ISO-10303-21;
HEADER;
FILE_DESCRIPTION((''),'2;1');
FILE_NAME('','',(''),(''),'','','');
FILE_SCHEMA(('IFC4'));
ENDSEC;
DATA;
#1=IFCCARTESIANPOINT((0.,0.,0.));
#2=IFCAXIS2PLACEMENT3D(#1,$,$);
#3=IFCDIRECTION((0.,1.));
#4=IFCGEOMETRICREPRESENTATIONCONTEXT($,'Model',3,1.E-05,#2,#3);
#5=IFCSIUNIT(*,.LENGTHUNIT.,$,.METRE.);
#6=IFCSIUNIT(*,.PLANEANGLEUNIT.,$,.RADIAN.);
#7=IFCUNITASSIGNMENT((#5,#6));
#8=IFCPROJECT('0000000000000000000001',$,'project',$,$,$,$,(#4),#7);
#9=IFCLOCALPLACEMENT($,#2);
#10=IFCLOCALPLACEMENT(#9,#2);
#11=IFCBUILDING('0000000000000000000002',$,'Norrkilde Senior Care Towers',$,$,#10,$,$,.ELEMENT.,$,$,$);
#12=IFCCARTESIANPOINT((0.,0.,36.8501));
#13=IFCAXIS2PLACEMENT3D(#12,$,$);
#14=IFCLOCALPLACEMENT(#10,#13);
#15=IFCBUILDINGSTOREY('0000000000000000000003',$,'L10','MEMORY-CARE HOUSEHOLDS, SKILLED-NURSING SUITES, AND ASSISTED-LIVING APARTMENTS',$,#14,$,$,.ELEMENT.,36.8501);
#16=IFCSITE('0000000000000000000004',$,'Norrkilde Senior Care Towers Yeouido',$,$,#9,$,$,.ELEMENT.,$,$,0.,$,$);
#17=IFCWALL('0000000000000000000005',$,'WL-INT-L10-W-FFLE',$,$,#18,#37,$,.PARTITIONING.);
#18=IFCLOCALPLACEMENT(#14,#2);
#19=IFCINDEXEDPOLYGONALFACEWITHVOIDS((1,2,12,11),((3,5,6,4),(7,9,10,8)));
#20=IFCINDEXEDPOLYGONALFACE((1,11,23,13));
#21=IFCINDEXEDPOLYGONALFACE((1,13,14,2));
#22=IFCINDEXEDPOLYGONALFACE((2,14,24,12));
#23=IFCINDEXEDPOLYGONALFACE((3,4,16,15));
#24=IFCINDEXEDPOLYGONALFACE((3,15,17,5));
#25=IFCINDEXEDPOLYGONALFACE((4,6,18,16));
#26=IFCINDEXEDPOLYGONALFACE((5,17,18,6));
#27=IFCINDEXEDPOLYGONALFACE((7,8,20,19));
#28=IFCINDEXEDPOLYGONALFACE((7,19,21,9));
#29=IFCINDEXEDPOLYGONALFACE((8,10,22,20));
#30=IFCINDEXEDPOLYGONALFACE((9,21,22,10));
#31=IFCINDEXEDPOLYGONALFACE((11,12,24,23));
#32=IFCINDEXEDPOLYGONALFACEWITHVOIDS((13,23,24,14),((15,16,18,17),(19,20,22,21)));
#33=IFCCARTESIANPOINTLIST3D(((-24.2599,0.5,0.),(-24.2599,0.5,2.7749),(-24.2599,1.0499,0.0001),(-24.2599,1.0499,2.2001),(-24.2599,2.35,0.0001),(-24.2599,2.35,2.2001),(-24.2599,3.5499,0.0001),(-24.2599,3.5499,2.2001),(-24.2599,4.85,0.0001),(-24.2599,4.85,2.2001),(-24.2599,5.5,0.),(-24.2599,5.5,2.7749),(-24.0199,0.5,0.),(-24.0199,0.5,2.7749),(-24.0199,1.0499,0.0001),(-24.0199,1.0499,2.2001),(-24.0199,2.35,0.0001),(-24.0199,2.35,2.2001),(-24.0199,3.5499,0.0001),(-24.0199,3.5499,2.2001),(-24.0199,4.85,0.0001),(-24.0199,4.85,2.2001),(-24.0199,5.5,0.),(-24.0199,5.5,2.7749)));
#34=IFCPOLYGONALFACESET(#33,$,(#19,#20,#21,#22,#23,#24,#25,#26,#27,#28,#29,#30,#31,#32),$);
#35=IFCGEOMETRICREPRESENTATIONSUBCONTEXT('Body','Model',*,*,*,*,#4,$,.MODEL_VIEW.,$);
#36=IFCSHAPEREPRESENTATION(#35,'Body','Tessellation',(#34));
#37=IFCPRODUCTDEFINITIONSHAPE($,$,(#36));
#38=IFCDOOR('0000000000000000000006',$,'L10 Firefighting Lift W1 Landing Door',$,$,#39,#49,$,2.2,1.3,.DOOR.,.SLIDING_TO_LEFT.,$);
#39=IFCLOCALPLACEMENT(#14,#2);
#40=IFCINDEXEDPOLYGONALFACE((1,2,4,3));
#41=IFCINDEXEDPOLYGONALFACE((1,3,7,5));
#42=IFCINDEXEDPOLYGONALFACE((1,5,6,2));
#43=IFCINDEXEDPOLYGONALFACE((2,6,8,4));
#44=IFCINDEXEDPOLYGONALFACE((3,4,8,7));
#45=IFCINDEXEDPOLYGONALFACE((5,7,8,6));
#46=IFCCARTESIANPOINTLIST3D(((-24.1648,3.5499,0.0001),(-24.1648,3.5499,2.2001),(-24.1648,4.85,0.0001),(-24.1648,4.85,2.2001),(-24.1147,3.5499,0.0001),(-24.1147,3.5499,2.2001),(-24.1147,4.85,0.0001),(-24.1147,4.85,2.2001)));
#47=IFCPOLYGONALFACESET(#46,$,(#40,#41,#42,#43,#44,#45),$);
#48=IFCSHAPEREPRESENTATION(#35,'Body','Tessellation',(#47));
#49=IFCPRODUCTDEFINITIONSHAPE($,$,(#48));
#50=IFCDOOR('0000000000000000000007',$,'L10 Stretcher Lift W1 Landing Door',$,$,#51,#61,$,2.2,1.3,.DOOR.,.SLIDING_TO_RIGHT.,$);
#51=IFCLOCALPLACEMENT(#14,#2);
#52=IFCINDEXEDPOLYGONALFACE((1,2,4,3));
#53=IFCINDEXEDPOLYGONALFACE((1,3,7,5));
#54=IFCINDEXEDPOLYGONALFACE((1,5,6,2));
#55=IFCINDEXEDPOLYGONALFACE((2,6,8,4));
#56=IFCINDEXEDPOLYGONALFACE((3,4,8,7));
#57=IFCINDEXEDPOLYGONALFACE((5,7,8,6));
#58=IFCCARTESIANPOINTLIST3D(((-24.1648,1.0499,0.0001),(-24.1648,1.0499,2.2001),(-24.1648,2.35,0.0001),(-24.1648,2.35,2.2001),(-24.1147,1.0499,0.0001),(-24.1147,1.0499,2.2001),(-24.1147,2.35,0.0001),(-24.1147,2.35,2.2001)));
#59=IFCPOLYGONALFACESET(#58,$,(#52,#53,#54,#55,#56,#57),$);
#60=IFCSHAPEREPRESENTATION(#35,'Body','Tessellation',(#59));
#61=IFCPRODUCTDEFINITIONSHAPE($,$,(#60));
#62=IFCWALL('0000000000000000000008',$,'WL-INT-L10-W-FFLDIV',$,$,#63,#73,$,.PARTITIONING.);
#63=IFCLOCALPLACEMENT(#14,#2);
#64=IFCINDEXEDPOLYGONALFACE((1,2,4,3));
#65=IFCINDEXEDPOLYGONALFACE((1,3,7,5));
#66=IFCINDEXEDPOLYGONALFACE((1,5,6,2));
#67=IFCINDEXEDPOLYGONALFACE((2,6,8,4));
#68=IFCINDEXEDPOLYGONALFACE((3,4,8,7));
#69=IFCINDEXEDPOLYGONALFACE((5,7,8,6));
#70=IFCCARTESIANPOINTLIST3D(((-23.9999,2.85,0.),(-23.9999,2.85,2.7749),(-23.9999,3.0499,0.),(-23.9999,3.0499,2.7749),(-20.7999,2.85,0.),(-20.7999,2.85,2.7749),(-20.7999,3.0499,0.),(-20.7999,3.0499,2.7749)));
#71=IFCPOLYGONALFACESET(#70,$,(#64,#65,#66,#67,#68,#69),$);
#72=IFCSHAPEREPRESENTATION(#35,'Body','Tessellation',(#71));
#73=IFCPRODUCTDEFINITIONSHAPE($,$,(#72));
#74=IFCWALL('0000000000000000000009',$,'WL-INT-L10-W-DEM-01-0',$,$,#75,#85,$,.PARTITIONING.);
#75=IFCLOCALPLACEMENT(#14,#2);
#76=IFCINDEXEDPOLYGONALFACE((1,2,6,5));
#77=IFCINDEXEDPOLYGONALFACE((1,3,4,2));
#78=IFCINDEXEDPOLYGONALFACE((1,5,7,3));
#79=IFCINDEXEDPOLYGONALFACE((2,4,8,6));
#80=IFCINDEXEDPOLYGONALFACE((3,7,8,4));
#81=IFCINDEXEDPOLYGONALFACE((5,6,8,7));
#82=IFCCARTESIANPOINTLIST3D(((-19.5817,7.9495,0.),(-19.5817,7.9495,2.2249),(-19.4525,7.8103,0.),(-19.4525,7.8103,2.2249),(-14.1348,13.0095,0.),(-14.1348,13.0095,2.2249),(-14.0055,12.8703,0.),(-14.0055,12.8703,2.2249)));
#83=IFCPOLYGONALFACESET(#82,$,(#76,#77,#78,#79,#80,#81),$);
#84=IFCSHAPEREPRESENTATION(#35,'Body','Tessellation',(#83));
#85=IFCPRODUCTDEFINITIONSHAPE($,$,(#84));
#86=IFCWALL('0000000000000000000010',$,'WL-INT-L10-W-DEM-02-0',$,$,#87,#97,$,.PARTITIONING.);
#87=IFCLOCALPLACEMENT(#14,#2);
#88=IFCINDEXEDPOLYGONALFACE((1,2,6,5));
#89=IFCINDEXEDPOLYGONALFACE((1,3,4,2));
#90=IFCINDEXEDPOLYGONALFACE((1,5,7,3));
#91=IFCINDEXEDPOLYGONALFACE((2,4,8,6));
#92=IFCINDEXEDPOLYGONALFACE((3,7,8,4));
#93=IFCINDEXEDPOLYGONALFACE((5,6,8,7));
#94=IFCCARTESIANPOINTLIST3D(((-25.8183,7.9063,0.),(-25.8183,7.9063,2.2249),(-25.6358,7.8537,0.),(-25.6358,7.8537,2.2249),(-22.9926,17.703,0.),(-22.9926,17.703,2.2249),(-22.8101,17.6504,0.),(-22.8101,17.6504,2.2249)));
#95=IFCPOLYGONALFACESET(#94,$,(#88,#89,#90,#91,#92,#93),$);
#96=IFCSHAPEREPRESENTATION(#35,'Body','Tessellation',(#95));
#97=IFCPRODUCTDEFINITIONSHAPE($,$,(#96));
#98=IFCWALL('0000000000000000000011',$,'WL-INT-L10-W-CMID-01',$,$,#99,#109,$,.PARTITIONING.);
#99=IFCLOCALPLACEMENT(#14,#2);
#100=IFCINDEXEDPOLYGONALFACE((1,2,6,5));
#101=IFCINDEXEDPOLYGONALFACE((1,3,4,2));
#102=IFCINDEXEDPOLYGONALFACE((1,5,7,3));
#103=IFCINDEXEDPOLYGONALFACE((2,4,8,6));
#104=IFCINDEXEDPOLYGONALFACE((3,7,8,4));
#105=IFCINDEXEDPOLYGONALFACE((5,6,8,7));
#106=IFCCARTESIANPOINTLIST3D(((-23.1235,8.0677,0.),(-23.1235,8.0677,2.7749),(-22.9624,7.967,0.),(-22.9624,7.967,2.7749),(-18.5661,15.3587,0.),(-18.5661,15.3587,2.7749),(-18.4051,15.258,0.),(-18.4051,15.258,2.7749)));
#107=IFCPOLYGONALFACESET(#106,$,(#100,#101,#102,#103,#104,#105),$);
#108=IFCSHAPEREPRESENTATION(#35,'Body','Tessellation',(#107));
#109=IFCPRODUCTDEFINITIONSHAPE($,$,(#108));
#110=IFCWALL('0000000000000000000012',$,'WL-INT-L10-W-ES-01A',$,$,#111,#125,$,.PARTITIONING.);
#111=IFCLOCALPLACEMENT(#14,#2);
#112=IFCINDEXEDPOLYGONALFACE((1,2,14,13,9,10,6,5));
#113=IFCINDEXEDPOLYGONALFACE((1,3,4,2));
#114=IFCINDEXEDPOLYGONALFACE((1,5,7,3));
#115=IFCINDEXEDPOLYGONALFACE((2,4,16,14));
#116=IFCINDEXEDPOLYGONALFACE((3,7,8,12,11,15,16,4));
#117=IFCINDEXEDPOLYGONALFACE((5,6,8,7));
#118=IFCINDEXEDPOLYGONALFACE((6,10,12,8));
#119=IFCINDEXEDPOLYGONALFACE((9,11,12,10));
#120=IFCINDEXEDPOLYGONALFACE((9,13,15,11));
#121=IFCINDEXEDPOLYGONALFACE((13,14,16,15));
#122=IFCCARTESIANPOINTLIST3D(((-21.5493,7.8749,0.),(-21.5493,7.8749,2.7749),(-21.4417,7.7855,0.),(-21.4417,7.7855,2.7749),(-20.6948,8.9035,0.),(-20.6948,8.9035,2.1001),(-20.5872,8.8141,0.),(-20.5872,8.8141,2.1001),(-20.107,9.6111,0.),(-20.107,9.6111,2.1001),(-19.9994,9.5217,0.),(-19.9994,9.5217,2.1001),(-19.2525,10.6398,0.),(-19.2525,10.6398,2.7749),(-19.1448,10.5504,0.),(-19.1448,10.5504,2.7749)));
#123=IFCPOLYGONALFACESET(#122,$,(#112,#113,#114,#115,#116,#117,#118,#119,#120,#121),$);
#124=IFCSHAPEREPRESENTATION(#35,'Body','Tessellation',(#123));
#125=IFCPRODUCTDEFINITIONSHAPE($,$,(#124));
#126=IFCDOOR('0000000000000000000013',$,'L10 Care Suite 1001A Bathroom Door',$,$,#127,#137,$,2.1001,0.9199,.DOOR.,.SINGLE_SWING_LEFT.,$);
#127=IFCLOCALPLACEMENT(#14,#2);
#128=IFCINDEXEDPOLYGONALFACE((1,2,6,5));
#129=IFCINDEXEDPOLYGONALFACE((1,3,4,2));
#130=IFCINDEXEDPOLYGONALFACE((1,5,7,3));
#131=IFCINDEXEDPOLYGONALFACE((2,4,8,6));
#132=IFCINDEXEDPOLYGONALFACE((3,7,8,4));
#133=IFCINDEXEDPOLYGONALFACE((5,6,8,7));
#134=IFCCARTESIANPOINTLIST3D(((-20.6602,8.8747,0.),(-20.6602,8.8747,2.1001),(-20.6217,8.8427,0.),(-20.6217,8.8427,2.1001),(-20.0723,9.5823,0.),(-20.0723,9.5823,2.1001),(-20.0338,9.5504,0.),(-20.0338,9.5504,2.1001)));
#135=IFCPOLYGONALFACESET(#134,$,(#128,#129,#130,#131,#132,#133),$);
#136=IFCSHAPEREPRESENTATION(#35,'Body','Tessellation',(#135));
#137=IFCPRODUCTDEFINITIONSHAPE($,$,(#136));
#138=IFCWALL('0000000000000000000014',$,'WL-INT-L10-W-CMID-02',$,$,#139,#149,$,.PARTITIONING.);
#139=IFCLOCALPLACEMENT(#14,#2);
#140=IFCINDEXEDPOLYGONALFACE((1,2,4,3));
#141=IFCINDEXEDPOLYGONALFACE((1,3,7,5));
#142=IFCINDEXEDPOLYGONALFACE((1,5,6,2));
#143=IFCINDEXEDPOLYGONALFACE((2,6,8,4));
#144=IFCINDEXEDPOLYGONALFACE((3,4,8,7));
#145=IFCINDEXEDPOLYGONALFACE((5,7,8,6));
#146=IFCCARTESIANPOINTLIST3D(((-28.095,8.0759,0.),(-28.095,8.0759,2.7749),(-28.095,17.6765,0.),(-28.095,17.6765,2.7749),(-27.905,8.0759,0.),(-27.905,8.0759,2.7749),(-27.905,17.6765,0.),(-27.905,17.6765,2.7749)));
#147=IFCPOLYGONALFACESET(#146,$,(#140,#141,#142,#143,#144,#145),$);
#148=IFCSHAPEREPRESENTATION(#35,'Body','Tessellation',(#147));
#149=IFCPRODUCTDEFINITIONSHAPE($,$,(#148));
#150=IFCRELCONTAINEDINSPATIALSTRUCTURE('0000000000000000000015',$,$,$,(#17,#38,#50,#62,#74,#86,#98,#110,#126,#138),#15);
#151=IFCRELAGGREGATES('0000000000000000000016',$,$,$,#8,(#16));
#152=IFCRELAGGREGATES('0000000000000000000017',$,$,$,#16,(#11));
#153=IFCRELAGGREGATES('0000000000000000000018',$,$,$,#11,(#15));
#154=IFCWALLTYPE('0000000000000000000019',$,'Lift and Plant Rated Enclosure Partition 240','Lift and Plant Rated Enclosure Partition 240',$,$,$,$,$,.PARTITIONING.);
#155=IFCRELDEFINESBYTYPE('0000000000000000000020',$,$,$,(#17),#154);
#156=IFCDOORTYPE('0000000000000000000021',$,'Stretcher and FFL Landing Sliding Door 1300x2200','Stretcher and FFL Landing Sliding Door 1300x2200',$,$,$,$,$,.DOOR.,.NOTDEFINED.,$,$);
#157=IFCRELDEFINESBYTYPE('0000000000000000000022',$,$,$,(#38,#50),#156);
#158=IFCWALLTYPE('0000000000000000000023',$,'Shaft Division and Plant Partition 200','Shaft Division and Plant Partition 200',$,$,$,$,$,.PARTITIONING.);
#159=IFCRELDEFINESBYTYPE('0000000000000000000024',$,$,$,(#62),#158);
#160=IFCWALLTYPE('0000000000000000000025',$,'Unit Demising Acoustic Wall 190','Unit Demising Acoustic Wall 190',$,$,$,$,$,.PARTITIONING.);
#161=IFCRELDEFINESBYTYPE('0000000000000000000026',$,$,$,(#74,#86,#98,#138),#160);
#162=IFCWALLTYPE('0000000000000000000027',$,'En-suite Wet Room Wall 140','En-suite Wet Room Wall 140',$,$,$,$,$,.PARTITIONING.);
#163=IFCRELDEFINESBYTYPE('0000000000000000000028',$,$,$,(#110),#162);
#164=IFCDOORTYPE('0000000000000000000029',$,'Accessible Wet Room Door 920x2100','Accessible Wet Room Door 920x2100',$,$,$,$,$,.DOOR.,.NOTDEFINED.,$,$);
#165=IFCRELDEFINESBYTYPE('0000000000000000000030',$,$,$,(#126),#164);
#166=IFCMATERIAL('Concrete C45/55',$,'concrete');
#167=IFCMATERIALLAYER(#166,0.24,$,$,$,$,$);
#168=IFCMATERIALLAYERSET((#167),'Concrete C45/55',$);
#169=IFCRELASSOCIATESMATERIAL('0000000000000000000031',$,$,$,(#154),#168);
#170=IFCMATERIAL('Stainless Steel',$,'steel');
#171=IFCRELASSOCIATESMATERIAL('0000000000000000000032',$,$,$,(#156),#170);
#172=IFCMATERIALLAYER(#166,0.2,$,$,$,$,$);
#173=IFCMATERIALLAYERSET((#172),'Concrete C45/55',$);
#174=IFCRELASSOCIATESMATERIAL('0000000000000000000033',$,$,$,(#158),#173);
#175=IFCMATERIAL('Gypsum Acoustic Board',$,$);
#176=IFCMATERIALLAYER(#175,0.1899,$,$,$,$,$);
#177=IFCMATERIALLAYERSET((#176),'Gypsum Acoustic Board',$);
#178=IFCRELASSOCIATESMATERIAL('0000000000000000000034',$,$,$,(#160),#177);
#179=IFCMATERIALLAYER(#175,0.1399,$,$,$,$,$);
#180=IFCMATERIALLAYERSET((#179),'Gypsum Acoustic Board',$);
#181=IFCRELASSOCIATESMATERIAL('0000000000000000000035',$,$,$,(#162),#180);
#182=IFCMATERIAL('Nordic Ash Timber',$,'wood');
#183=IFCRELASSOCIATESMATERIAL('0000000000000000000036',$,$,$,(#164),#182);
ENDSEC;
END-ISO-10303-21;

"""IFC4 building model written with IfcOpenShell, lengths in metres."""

from ifc_helpers import new_model, si_unit, direction, frame, frame_2d, origin, place, context, subcontext, project, spatial, rectangle, extrude, source, transform, mapped, material, layer, layer_set, type_object, type_shapes, element, fill, save


model = new_model("IFC4")

# Units and contexts
model_context = context("Model", 3, precision=1e-05, world=origin(), true_north=direction((0.0, 1.0)))
body_context = subcontext(model_context, "Body", "Model", "MODEL_VIEW")
ifc_project = project(units=[si_unit("LENGTHUNIT", "METRE"), si_unit("PLANEANGLEUNIT", "RADIAN")], contexts=[model_context])

# Site, building, storey
site_placement = place(None, origin())
site = spatial("IfcSite", under=ifc_project, at=site_placement, Name="Norrkilde Senior Care Towers Yeouido", CompositionType="ELEMENT", RefElevation=0.0)
building_placement = place(site_placement, origin())
building = spatial("IfcBuilding", under=site, at=building_placement, Name="Norrkilde Senior Care Towers", CompositionType="ELEMENT")
storey_placement = place(building_placement, frame((0.0, 0.0, 36.8501)))
storey = spatial("IfcBuildingStorey", under=building, at=storey_placement, Name="L10", Description="MEMORY-CARE HOUSEHOLDS, SKILLED-NURSING SUITES, AND ASSISTED-LIVING APARTMENTS", CompositionType="ELEMENT", Elevation=36.8501)

# Shared definitions
ifc_material_1 = material(Name="Concrete C45/55", Category="concrete")

# Wall, openings, doors
ifc_layer_1 = layer(ifc_material_1, 0.24)
ifc_layer_set_1 = layer_set([ifc_layer_1], Name="Concrete C45/55")
wall_type_1 = type_object("IfcWallType", Name="Lift and Plant Rated Enclosure Partition 240", Description="Lift and Plant Rated Enclosure Partition 240", PredefinedType="PARTITIONING", material=ifc_layer_set_1)
shared_shape_1 = source(origin(), body_context, "Body", "SweptSolid", [
    extrude(rectangle(XDim=5.0, YDim=0.24, at=frame_2d((2.5, 0.0))), origin(), (0.0, 0.0, 1.0), 2.7749),
])
type_shapes(wall_type_1, [shared_shape_1])
wall_1_placement = place(storey_placement, frame((-24.1399, 0.5, 0.0), z_axis=(0.0, 0.0, 1.0), x_axis=(0.0, 1.0, 0.0)))
wall_1 = element("IfcWall", 1, at=wall_1_placement, inside=storey, type_object=wall_type_1, Name="WL-INT-L10-W-FFLE", PredefinedType="PARTITIONING", context=body_context, shape_type="MappedRepresentation", body=[
    mapped(shared_shape_1, transform((0.0, 0.0, 0.0), x_axis=(1.0, 0.0, 0.0), y_axis=(0.0, 1.0, 0.0), z_axis=(0.0, 0.0, 1.0), scale=1.0)),
])
opening_1_placement = place(wall_1_placement, frame((3.05, 0.0, 0.0)))
opening_1 = element("IfcOpeningElement", 2, at=opening_1_placement, cuts=wall_1, PredefinedType="OPENING", context=body_context, shape_type="SweptSolid", body=[
    extrude(rectangle(XDim=1.3, YDim=2.2, at=frame_2d((0.6499, 1.1001))), frame((0.0, 0.1299, 0.0), z_axis=(0.0, -1.0, 0.0), x_axis=(1.0, 0.0, 0.0)), (0.0, 0.0, 1.0), 0.26),
])
opening_2_placement = place(wall_1_placement, frame((0.55, 0.0, 0.0)))
opening_2 = element("IfcOpeningElement", 3, at=opening_2_placement, cuts=wall_1, PredefinedType="OPENING", context=body_context, shape_type="SweptSolid", body=[
    extrude(rectangle(XDim=1.3, YDim=2.2, at=frame_2d((0.6499, 1.1001))), frame((0.0, 0.1299, 0.0), z_axis=(0.0, -1.0, 0.0), x_axis=(1.0, 0.0, 0.0)), (0.0, 0.0, 1.0), 0.26),
])
ifc_material_2 = material(Name="Stainless Steel", Category="steel")
door_type_1 = type_object("IfcDoorType", Name="Stretcher and FFL Landing Sliding Door 1300x2200", Description="Stretcher and FFL Landing Sliding Door 1300x2200", OperationType="NOTDEFINED", PredefinedType="DOOR", material=ifc_material_2)
shared_shape_2 = source(origin(), body_context, "Body", "SweptSolid", [
    extrude(rectangle(XDim=1.3, YDim=2.2, at=frame_2d((0.6499, 1.1001))), frame((0.0, 0.0249, 0.0), z_axis=(0.0, -1.0, 0.0), x_axis=(1.0, 0.0, 0.0)), (0.0, 0.0, 1.0), 0.05),
])
type_shapes(door_type_1, [shared_shape_2])
door_1_placement = place(opening_1_placement, origin())
door_1 = element("IfcDoor", 4, at=door_1_placement, inside=storey, type_object=door_type_1, Name="L10 Firefighting Lift W1 Landing Door", OperationType="SLIDING_TO_LEFT", OverallHeight=2.2, OverallWidth=1.3, PredefinedType="DOOR", context=body_context, shape_type="MappedRepresentation", body=[
    mapped(shared_shape_2, transform((0.0, 0.0, 0.0), x_axis=(1.0, 0.0, 0.0), y_axis=(0.0, 1.0, 0.0), z_axis=(0.0, 0.0, 1.0), scale=1.0)),
])
fill(opening_1, door_1)
door_2_placement = place(opening_2_placement, origin())
door_2 = element("IfcDoor", 5, at=door_2_placement, inside=storey, type_object=door_type_1, Name="L10 Stretcher Lift W1 Landing Door", OperationType="SLIDING_TO_RIGHT", OverallHeight=2.2, OverallWidth=1.3, PredefinedType="DOOR", context=body_context, shape_type="MappedRepresentation", body=[
    mapped(shared_shape_2, transform((0.0, 0.0, 0.0), x_axis=(1.0, 0.0, 0.0), y_axis=(0.0, 1.0, 0.0), z_axis=(0.0, 0.0, 1.0), scale=1.0)),
])
fill(opening_2, door_2)

# Walls
ifc_layer_2 = layer(ifc_material_1, 0.2)
ifc_layer_set_2 = layer_set([ifc_layer_2], Name="Concrete C45/55")
wall_type_2 = type_object("IfcWallType", Name="Shaft Division and Plant Partition 200", Description="Shaft Division and Plant Partition 200", PredefinedType="PARTITIONING", material=ifc_layer_set_2)
shared_shape_3 = source(origin(), body_context, "Body", "SweptSolid", [
    extrude(rectangle(XDim=3.2, YDim=0.2, at=frame_2d((1.6001, 0.0))), origin(), (0.0, 0.0, 1.0), 2.7749),
])
type_shapes(wall_type_2, [shared_shape_3])
wall_2_placement = place(storey_placement, frame((-24.0, 2.95, 0.0), z_axis=(0.0, 0.0, 1.0), x_axis=(1.0, 0.0, 0.0)))
element("IfcWall", 6, at=wall_2_placement, inside=storey, type_object=wall_type_2, Name="WL-INT-L10-W-FFLDIV", PredefinedType="PARTITIONING", context=body_context, shape_type="MappedRepresentation", body=[
    mapped(shared_shape_3, transform((0.0, 0.0, 0.0), x_axis=(1.0, 0.0, 0.0), y_axis=(0.0, 1.0, 0.0), z_axis=(0.0, 0.0, 1.0), scale=1.0)),
])
ifc_material_3 = material(Name="Gypsum Acoustic Board")
ifc_layer_3 = layer(ifc_material_3, 0.1899)
ifc_layer_set_3 = layer_set([ifc_layer_3], Name="Gypsum Acoustic Board")
wall_type_3 = type_object("IfcWallType", Name="Unit Demising Acoustic Wall 190", Description="Unit Demising Acoustic Wall 190", PredefinedType="PARTITIONING", material=ifc_layer_set_3)
shared_shape_4 = source(origin(), body_context, "Body", "SweptSolid", [
    extrude(rectangle(XDim=7.4346, YDim=0.1899, at=frame_2d((3.7173, 0.0))), origin(), (0.0, 0.0, 1.0), 2.2249),
])
wall_3_placement = place(storey_placement, frame((-19.5171, 7.8799, 0.0), z_axis=(0.0, 0.0, 1.0), x_axis=(0.732652, 0.680603, 0.0)))
element("IfcWall", 7, at=wall_3_placement, inside=storey, type_object=wall_type_3, Name="WL-INT-L10-W-DEM-01-0", PredefinedType="PARTITIONING", context=body_context, shape_type="MappedRepresentation", body=[
    mapped(shared_shape_4, transform((0.0, 0.0, 0.0), x_axis=(1.0, 0.0, 0.0), y_axis=(0.0, 1.0, 0.0), z_axis=(0.0, 0.0, 1.0), scale=1.0)),
])
shared_shape_5 = source(origin(), body_context, "Body", "SweptSolid", [
    extrude(rectangle(XDim=10.196, YDim=0.1899, at=frame_2d((5.0981, 0.0))), origin(), (0.0, 0.0, 1.0), 2.2249),
])
wall_4_placement = place(storey_placement, frame((-25.7271, 7.8799, 0.0), z_axis=(0.0, 0.0, 1.0), x_axis=(0.277136, 0.960831, 0.0)))
element("IfcWall", 8, at=wall_4_placement, inside=storey, type_object=wall_type_3, Name="WL-INT-L10-W-DEM-02-0", PredefinedType="PARTITIONING", context=body_context, shape_type="MappedRepresentation", body=[
    mapped(shared_shape_5, transform((0.0, 0.0, 0.0), x_axis=(1.0, 0.0, 0.0), y_axis=(0.0, 1.0, 0.0), z_axis=(0.0, 0.0, 1.0), scale=1.0)),
])
shared_shape_6 = source(origin(), body_context, "Body", "SweptSolid", [
    extrude(rectangle(XDim=8.5981, YDim=0.1899, at=frame_2d((4.2991, 0.0))), origin(), (0.0, 0.0, 1.0), 2.7749),
])
wall_5_placement = place(storey_placement, frame((-23.043, 8.0173, 0.0), z_axis=(0.0, 0.0, 1.0), x_axis=(0.53004, 0.847973, 0.0)))
element("IfcWall", 9, at=wall_5_placement, inside=storey, type_object=wall_type_3, Name="WL-INT-L10-W-CMID-01", PredefinedType="PARTITIONING", context=body_context, shape_type="MappedRepresentation", body=[
    mapped(shared_shape_6, transform((0.0, 0.0, 0.0), x_axis=(1.0, 0.0, 0.0), y_axis=(0.0, 1.0, 0.0), z_axis=(0.0, 0.0, 1.0), scale=1.0)),
])

# Wall, opening, door
ifc_layer_4 = layer(ifc_material_3, 0.1399)
ifc_layer_set_4 = layer_set([ifc_layer_4], Name="Gypsum Acoustic Board")
wall_type_4 = type_object("IfcWallType", Name="En-suite Wet Room Wall 140", Description="En-suite Wet Room Wall 140", PredefinedType="PARTITIONING", material=ifc_layer_set_4)
shared_shape_7 = source(origin(), body_context, "Body", "SweptSolid", [
    extrude(rectangle(XDim=3.5945, YDim=0.1399, at=frame_2d((1.7974, 0.0))), origin(), (0.0, 0.0, 1.0), 2.7749),
])
wall_6_placement = place(storey_placement, frame((-21.4956, 7.8301, 0.0), z_axis=(0.0, 0.0, 1.0), x_axis=(0.639001, 0.769206, 0.0)))
wall_6 = element("IfcWall", 10, at=wall_6_placement, inside=storey, type_object=wall_type_4, Name="WL-INT-L10-W-ES-01A", PredefinedType="PARTITIONING", context=body_context, shape_type="MappedRepresentation", body=[
    mapped(shared_shape_7, transform((0.0, 0.0, 0.0), x_axis=(1.0, 0.0, 0.0), y_axis=(0.0, 1.0, 0.0), z_axis=(0.0, 0.0, 1.0), scale=1.0)),
])
opening_3_placement = place(wall_6_placement, frame((1.3374, 0.0, 0.0)))
opening_3 = element("IfcOpeningElement", 11, at=opening_3_placement, cuts=wall_6, PredefinedType="OPENING", context=body_context, shape_type="SweptSolid", body=[
    extrude(rectangle(XDim=0.9199, YDim=2.1001, at=frame_2d((0.46, 1.05))), frame((0.0, 0.0798, 0.0), z_axis=(0.0, -1.0, 0.0), x_axis=(1.0, 0.0, 0.0)), (0.0, 0.0, 1.0), 0.1599),
])
ifc_material_4 = material(Name="Nordic Ash Timber", Category="wood")
door_type_2 = type_object("IfcDoorType", Name="Accessible Wet Room Door 920x2100", Description="Accessible Wet Room Door 920x2100", OperationType="NOTDEFINED", PredefinedType="DOOR", material=ifc_material_4)
shared_shape_8 = source(origin(), body_context, "Body", "SweptSolid", [
    extrude(rectangle(XDim=0.9199, YDim=2.1001, at=frame_2d((0.46, 1.05))), frame((0.0, 0.0249, 0.0), z_axis=(0.0, -1.0, 0.0), x_axis=(1.0, 0.0, 0.0)), (0.0, 0.0, 1.0), 0.05),
])
type_shapes(door_type_2, [shared_shape_8])
door_3_placement = place(opening_3_placement, origin())
door_3 = element("IfcDoor", 12, at=door_3_placement, inside=storey, type_object=door_type_2, Name="L10 Care Suite 1001A Bathroom Door", OperationType="SINGLE_SWING_LEFT", OverallHeight=2.1001, OverallWidth=0.9199, PredefinedType="DOOR", context=body_context, shape_type="MappedRepresentation", body=[
    mapped(shared_shape_8, transform((0.0, 0.0, 0.0), x_axis=(1.0, 0.0, 0.0), y_axis=(0.0, 1.0, 0.0), z_axis=(0.0, 0.0, 1.0), scale=1.0)),
])
fill(opening_3, door_3)

# Wall
shared_shape_9 = source(origin(), body_context, "Body", "SweptSolid", [
    extrude(rectangle(XDim=9.6006, YDim=0.1899, at=frame_2d((4.8003, 0.0))), origin(), (0.0, 0.0, 1.0), 2.7749),
])
type_shapes(wall_type_3, [shared_shape_4, shared_shape_5, shared_shape_6, shared_shape_9])
wall_7_placement = place(storey_placement, frame((-28.0, 8.0759, 0.0), z_axis=(0.0, 0.0, 1.0), x_axis=(0.0, 1.0, 0.0)))
element("IfcWall", 13, at=wall_7_placement, inside=storey, type_object=wall_type_3, Name="WL-INT-L10-W-CMID-02", PredefinedType="PARTITIONING", context=body_context, shape_type="MappedRepresentation", body=[
    mapped(shared_shape_9, transform((0.0, 0.0, 0.0), x_axis=(1.0, 0.0, 0.0), y_axis=(0.0, 1.0, 0.0), z_axis=(0.0, 0.0, 1.0), scale=1.0)),
])

save(model, "model.ifc")
